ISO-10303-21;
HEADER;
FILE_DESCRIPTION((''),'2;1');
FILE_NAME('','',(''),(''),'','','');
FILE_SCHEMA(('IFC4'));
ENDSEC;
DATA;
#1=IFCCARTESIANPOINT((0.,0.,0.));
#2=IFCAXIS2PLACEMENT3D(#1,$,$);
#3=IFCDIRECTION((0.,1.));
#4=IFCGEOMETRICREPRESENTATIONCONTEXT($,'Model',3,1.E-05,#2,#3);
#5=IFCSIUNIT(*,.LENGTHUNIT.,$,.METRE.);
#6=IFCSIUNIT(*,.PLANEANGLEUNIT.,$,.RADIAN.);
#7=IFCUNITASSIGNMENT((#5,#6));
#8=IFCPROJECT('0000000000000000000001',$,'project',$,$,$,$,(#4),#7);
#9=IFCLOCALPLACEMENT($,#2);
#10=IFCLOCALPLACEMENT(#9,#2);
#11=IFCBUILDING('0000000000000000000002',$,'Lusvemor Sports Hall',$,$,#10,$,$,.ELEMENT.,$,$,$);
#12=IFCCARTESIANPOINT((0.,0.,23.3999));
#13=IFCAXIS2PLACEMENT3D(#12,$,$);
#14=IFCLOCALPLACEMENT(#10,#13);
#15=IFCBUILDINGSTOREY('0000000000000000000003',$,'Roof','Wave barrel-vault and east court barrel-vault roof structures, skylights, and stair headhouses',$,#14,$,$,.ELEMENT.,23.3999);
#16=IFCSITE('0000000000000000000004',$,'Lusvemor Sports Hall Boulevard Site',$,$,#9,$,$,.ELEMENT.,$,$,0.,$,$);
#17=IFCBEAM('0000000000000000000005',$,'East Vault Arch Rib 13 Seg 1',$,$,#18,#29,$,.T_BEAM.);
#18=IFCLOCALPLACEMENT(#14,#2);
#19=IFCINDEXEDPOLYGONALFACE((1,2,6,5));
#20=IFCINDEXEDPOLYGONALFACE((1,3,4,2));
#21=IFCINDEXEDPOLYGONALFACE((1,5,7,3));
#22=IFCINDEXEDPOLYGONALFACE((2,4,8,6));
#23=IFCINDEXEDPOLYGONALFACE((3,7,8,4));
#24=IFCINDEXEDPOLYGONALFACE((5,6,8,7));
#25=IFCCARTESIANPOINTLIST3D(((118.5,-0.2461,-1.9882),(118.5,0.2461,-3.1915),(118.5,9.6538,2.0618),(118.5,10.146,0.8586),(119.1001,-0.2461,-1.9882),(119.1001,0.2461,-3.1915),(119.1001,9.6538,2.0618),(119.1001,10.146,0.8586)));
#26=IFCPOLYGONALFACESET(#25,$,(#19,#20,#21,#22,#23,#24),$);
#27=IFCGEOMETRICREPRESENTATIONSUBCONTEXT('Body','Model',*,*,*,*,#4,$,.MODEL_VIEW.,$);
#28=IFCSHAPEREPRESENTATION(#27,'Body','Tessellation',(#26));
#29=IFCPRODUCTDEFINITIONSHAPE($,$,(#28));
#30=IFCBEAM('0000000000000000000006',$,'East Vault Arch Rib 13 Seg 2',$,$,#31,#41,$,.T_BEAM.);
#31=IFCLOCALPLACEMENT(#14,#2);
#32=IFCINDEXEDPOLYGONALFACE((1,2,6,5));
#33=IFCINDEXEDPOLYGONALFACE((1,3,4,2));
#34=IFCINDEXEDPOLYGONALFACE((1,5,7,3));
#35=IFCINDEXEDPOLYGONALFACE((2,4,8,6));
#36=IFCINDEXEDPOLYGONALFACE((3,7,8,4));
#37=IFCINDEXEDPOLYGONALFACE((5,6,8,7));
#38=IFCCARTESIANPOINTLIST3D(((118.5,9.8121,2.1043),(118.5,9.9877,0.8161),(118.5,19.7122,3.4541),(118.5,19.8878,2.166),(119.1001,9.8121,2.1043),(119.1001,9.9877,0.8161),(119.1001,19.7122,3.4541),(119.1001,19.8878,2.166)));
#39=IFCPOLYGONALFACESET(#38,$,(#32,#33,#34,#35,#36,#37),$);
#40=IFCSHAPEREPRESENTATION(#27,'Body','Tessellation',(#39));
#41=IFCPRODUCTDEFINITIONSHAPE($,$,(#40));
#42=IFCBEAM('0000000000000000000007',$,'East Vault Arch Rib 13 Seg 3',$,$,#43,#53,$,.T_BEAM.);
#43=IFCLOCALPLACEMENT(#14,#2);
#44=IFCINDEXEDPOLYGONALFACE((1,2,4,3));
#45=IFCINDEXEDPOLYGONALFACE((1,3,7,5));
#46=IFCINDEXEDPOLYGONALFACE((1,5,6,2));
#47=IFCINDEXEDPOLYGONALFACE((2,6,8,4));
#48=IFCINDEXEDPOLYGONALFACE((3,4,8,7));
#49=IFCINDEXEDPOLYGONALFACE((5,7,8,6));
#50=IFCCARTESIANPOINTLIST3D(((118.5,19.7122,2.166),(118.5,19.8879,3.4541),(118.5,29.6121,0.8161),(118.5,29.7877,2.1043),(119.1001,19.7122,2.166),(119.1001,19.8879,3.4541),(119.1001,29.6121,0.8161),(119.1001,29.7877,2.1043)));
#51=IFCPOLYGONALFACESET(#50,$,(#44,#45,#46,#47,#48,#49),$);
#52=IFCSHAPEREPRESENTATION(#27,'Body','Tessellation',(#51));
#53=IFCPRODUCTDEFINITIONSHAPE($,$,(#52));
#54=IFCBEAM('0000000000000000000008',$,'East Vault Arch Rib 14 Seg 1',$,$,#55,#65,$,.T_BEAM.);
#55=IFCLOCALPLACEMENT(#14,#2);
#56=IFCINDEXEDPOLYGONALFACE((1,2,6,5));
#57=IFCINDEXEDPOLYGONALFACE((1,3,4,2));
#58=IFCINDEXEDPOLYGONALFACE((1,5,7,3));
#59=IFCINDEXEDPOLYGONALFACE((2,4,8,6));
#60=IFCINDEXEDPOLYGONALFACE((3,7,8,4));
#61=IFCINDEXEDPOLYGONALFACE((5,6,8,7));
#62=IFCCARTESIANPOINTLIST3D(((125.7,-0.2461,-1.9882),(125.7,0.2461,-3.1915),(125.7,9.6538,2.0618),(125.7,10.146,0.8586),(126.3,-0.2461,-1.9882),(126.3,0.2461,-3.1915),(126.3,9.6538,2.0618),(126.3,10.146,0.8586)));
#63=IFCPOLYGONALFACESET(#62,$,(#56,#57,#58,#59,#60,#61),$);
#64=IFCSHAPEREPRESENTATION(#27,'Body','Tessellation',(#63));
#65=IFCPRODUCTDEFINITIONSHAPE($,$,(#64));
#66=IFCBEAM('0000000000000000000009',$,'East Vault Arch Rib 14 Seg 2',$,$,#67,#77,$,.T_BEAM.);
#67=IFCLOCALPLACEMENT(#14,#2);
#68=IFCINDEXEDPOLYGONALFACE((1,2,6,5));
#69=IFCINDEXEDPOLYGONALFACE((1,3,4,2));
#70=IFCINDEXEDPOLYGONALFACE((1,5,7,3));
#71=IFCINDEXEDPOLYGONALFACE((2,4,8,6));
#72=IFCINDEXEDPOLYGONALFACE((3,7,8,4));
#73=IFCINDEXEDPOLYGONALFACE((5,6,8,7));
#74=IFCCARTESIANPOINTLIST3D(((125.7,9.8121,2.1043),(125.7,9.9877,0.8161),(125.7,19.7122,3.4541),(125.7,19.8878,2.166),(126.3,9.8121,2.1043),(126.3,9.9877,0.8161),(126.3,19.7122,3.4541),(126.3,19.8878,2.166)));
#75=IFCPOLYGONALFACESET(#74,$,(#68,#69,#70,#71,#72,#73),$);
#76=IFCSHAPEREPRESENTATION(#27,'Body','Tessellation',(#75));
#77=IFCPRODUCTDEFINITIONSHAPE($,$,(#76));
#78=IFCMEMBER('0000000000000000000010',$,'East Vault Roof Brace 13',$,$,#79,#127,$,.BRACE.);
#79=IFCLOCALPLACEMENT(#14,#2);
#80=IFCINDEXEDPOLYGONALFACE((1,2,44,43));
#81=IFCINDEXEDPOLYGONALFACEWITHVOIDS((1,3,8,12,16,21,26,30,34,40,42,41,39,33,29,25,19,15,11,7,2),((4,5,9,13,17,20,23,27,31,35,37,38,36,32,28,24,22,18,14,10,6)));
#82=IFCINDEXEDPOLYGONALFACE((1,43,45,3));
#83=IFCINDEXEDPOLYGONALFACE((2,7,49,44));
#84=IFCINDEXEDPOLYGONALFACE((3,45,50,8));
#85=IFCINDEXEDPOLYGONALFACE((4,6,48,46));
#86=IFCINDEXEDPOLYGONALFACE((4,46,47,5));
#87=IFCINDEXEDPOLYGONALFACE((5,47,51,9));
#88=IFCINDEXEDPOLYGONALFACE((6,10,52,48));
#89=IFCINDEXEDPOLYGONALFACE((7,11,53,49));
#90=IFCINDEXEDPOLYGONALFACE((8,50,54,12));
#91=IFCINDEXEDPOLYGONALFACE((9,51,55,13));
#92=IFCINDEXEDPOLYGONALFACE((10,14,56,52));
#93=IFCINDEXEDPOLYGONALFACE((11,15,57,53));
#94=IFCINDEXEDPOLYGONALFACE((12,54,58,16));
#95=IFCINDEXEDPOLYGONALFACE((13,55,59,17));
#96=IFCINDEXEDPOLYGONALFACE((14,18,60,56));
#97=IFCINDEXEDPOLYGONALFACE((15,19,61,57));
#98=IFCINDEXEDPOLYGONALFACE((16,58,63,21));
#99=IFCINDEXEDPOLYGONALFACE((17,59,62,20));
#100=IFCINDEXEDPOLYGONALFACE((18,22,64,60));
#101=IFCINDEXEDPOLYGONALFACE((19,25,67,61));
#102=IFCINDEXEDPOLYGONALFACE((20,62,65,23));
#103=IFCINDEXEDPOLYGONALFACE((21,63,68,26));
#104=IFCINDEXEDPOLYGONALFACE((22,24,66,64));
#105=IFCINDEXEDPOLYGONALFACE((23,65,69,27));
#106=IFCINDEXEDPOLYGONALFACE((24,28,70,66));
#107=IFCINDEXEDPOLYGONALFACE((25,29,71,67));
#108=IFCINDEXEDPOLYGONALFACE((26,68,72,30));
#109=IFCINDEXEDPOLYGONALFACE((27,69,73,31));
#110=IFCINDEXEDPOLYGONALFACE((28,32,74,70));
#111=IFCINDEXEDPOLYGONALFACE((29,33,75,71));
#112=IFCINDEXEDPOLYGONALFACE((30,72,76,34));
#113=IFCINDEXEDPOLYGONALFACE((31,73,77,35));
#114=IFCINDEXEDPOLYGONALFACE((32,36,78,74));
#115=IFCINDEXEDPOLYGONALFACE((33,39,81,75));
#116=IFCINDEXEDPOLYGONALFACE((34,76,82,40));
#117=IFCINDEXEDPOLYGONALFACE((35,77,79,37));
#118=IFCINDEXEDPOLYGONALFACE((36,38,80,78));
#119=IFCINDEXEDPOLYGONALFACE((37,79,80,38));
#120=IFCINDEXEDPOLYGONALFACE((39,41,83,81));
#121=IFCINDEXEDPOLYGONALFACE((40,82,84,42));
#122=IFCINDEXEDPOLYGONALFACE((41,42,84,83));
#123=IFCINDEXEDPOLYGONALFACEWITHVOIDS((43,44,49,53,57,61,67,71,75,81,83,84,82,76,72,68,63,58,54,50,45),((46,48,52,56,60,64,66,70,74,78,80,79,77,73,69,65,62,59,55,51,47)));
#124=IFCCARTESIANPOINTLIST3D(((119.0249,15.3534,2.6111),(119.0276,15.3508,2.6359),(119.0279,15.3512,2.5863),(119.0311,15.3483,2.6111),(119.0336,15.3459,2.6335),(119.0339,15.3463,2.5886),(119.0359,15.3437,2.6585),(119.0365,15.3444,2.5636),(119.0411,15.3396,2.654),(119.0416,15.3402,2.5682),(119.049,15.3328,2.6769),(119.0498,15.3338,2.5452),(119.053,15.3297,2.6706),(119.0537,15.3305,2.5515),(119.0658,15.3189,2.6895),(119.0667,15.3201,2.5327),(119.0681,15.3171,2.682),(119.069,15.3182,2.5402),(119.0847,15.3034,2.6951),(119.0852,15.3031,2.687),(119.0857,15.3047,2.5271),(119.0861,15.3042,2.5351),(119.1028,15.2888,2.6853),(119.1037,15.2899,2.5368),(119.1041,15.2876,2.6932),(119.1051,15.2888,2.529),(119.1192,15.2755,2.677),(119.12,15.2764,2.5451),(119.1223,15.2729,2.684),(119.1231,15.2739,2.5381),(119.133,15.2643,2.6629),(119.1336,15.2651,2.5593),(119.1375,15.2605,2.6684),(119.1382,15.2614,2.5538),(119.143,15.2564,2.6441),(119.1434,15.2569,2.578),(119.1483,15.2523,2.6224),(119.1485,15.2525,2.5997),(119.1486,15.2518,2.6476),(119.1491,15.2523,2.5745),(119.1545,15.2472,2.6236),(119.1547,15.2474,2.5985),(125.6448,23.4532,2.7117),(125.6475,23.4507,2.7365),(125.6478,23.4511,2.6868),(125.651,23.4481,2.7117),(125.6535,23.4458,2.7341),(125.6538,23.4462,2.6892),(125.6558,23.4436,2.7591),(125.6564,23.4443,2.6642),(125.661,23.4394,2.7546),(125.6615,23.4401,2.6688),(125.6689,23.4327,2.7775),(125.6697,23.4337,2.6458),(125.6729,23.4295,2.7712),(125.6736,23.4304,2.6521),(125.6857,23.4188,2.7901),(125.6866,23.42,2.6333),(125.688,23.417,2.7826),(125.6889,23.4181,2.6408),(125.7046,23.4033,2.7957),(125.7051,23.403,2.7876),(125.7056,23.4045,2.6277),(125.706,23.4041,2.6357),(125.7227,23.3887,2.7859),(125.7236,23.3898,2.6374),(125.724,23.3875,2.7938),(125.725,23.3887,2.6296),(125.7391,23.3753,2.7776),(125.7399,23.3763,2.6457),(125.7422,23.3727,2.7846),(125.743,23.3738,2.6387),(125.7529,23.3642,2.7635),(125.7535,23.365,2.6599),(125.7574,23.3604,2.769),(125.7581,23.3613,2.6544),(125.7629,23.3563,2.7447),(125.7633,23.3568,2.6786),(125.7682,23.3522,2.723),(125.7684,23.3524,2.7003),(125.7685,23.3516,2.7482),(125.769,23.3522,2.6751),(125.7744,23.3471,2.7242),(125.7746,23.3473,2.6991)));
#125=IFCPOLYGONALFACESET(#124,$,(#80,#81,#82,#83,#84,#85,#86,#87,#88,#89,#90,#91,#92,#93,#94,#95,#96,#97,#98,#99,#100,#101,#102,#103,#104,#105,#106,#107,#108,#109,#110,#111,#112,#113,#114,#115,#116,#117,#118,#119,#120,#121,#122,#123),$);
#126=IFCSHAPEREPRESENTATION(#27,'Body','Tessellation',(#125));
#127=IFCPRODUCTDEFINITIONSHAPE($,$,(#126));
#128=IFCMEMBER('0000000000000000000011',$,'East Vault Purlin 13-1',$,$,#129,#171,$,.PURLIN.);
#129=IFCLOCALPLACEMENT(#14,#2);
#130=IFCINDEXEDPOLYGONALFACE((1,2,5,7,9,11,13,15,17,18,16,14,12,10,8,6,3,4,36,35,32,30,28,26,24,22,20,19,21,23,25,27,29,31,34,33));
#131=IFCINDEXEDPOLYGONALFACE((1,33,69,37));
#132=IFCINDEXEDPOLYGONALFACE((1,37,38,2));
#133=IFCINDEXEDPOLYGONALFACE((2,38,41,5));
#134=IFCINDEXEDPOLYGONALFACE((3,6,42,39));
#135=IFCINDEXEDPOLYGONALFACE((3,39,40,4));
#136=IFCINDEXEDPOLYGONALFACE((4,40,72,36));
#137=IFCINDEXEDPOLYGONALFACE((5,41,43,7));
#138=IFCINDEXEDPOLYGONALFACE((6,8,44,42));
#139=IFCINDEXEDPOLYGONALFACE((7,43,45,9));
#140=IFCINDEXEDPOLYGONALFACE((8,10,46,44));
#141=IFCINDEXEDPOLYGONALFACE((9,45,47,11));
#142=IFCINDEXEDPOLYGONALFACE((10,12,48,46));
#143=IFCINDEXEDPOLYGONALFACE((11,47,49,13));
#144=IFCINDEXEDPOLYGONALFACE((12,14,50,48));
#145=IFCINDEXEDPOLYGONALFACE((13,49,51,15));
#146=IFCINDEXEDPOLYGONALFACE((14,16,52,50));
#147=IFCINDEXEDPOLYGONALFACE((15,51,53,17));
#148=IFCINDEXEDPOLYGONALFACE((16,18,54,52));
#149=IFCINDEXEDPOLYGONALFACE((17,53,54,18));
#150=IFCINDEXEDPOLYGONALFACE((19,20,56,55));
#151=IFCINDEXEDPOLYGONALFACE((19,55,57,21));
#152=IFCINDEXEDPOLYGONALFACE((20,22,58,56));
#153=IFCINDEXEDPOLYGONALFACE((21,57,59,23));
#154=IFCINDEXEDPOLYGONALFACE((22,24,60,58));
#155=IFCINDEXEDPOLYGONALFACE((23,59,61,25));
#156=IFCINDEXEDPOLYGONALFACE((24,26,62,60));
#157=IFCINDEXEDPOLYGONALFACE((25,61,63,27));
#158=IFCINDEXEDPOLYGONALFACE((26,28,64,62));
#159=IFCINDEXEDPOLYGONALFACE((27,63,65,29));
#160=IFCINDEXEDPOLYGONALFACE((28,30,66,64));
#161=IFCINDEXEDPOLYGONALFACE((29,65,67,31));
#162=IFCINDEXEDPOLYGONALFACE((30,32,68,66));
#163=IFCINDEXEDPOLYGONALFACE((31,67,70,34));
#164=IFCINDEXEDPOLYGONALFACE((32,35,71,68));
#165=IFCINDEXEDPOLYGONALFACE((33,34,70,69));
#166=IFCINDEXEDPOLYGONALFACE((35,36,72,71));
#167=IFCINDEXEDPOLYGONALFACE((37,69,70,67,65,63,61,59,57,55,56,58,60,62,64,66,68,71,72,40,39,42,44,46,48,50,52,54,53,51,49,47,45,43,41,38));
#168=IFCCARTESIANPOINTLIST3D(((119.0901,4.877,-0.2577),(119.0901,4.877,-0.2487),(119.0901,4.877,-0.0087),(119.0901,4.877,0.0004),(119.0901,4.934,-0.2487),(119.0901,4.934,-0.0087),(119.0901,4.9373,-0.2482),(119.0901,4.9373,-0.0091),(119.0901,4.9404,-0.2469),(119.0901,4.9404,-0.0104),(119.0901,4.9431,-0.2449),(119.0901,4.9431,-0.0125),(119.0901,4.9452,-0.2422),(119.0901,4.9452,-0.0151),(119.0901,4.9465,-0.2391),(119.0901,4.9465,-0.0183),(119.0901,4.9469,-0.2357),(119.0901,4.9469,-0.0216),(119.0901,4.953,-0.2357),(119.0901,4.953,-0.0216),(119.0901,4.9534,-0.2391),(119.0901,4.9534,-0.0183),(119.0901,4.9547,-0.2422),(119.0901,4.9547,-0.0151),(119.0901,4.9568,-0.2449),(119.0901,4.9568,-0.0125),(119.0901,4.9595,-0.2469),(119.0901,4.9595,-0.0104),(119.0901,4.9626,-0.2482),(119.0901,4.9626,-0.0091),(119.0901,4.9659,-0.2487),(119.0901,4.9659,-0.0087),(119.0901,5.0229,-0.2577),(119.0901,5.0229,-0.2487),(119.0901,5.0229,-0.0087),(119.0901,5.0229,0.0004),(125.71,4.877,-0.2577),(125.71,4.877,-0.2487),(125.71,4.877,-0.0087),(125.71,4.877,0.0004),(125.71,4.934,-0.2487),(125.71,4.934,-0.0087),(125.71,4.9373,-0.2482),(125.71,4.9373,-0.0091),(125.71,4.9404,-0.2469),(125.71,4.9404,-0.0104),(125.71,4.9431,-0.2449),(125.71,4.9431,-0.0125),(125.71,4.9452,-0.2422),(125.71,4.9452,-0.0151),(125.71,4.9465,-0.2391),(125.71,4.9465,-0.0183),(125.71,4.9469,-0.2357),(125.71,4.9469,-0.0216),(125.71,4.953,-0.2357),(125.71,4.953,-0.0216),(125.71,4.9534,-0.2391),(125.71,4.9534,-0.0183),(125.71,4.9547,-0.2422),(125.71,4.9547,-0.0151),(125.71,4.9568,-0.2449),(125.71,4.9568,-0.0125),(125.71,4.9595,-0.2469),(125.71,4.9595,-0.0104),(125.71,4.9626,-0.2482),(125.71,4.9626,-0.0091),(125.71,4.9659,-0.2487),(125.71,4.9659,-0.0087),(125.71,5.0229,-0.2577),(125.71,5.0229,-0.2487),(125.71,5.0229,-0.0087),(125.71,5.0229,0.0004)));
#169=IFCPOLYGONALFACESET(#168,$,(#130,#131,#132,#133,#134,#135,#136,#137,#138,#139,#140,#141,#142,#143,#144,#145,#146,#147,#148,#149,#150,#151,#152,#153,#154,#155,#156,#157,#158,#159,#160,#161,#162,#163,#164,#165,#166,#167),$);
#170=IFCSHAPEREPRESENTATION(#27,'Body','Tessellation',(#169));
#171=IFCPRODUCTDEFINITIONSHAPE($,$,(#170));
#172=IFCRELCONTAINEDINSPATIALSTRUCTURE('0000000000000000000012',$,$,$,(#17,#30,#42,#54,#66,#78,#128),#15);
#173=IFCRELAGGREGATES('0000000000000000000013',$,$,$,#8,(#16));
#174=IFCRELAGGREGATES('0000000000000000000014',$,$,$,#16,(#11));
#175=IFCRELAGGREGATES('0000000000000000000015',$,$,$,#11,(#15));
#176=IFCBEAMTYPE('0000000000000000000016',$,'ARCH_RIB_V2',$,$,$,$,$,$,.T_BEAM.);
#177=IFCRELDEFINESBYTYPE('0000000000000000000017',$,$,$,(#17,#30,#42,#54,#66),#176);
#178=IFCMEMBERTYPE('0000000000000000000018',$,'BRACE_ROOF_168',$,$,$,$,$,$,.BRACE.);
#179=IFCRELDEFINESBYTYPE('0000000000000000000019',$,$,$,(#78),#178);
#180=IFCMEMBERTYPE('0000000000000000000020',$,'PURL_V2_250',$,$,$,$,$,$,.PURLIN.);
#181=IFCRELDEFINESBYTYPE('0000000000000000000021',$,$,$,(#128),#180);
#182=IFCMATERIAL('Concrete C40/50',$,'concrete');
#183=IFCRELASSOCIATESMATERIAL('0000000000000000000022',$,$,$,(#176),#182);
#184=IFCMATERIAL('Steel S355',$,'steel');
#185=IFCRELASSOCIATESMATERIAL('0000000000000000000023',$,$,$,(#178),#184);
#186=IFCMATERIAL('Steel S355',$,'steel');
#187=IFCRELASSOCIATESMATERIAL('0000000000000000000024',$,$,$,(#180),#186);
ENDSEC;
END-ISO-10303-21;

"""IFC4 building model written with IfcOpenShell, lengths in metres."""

from ifc_helpers import new_model, si_unit, direction, frame, origin, origin_2d, place, context, subcontext, project, spatial, rectangle, hollow_circle, i_section, extrude, material, material_profile, profile_set, type_object, element, save


model = new_model("IFC4")

# Units and contexts
model_context = context("Model", 3, precision=1e-05, world=origin(), true_north=direction((0.0, 1.0)))
body_context = subcontext(model_context, "Body", "Model", "MODEL_VIEW")
ifc_project = project(units=[si_unit("LENGTHUNIT", "METRE"), si_unit("PLANEANGLEUNIT", "RADIAN")], contexts=[model_context])

# Site, building, storey
site_placement = place(None, origin())
site = spatial("IfcSite", under=ifc_project, at=site_placement, Name="Lusvemor Sports Hall Boulevard Site", CompositionType="ELEMENT", RefElevation=0.0)
building_placement = place(site_placement, origin())
building = spatial("IfcBuilding", under=site, at=building_placement, Name="Lusvemor Sports Hall", CompositionType="ELEMENT")
storey_placement = place(building_placement, frame((0.0, 0.0, 23.3999)))
storey = spatial("IfcBuildingStorey", under=building, at=storey_placement, Name="Roof", Description="Wave barrel-vault and east court barrel-vault roof structures, skylights, and stair headhouses", CompositionType="ELEMENT", Elevation=23.3999)

# Beams
ifc_material_1 = material(Name="Concrete C40/50", Category="concrete")
ifc_material_profile_1 = material_profile(ifc_material_1, rectangle(XDim=0.6001, YDim=1.3, at=origin_2d()), Name="RC600x1300")
ifc_profile_set_1 = profile_set([ifc_material_profile_1], Name="Concrete C40/50")
beam_type_1 = type_object("IfcBeamType", Name="ARCH_RIB_V2", PredefinedType="T_BEAM", material=ifc_profile_set_1)
beam_1_placement = place(storey_placement, frame((118.8, 0.0, -2.5898), z_axis=(0.0, 0.925544, 0.37864), x_axis=(-1.0, 0.0, 0.0)))
element("IfcBeam", 1, at=beam_1_placement, inside=storey, type_object=beam_type_1, Name="East Vault Arch Rib 13 Seg 1", PredefinedType="T_BEAM", context=body_context, shape_type="SweptSolid", body=[
    extrude(rectangle(XDim=0.6001, YDim=1.3, at=origin_2d()), origin(), (0.0, 0.0, 1.0), 10.6963),
])
beam_2_placement = place(storey_placement, frame((118.8, 9.8999, 1.4602), z_axis=(0.0, 0.990832, 0.135097), x_axis=(-1.0, 0.0, 0.0)))
element("IfcBeam", 2, at=beam_2_placement, inside=storey, type_object=beam_type_1, Name="East Vault Arch Rib 13 Seg 2", PredefinedType="T_BEAM", context=body_context, shape_type="SweptSolid", body=[
    extrude(rectangle(XDim=0.6001, YDim=1.3, at=origin_2d()), origin(), (0.0, 0.0, 1.0), 9.9917),
])
beam_3_placement = place(storey_placement, frame((118.8, 19.8, 2.8101), z_axis=(0.0, 0.990832, -0.1351), x_axis=(-1.0, 0.0, 0.0)))
element("IfcBeam", 3, at=beam_3_placement, inside=storey, type_object=beam_type_1, Name="East Vault Arch Rib 13 Seg 3", PredefinedType="T_BEAM", context=body_context, shape_type="SweptSolid", body=[
    extrude(rectangle(XDim=0.6001, YDim=1.3, at=origin_2d()), origin(), (0.0, 0.0, 1.0), 9.9915),
])
beam_4_placement = place(storey_placement, frame((126.0, 0.0, -2.5898), z_axis=(0.0, 0.925544, 0.37864), x_axis=(-1.0, 0.0, 0.0)))
element("IfcBeam", 4, at=beam_4_placement, inside=storey, type_object=beam_type_1, Name="East Vault Arch Rib 14 Seg 1", PredefinedType="T_BEAM", context=body_context, shape_type="SweptSolid", body=[
    extrude(rectangle(XDim=0.6001, YDim=1.3, at=origin_2d()), origin(), (0.0, 0.0, 1.0), 10.6963),
])
beam_5_placement = place(storey_placement, frame((126.0, 9.8999, 1.4602), z_axis=(0.0, 0.990832, 0.135097), x_axis=(-1.0, 0.0, 0.0)))
element("IfcBeam", 5, at=beam_5_placement, inside=storey, type_object=beam_type_1, Name="East Vault Arch Rib 14 Seg 2", PredefinedType="T_BEAM", context=body_context, shape_type="SweptSolid", body=[
    extrude(rectangle(XDim=0.6001, YDim=1.3, at=origin_2d()), origin(), (0.0, 0.0, 1.0), 9.9917),
])

# Members
ifc_material_2 = material(Name="Steel S355", Category="steel")
ifc_material_profile_2 = material_profile(ifc_material_2, hollow_circle(Radius=0.0842, WallThickness=0.0081, at=origin_2d()), Name="CHS168.3x8.0")
ifc_profile_set_2 = profile_set([ifc_material_profile_2], Name="Steel S355")
member_type_1 = type_object("IfcMemberType", Name="BRACE_ROOF_168", PredefinedType="BRACE", material=ifc_profile_set_2)
member_1_placement = place(storey_placement, frame((119.0901, 15.3, 2.6111), z_axis=(0.632792, 0.774262, 0.009615), x_axis=(-0.774298, 0.632821, 0.0)))
element("IfcMember", 6, at=member_1_placement, inside=storey, type_object=member_type_1, Name="East Vault Roof Brace 13", PredefinedType="BRACE", context=body_context, shape_type="SweptSolid", body=[
    extrude(hollow_circle(Radius=0.0842, WallThickness=0.0081, at=origin_2d()), origin(), (0.0, 0.0, 1.0), 10.4614),
])
ifc_material_3 = material(Name="Steel S355", Category="steel")
ifc_material_profile_3 = material_profile(ifc_material_3, i_section(OverallWidth=0.146, OverallDepth=0.2581, WebThickness=0.0061, FlangeThickness=0.009, FilletRadius=0.0129, at=origin_2d()), Name="W250x32.7")
ifc_profile_set_3 = profile_set([ifc_material_profile_3], Name="Steel S355")
member_type_2 = type_object("IfcMemberType", Name="PURL_V2_250", PredefinedType="PURLIN", material=ifc_profile_set_3)
for number, where, z_axis, x_axis, name in (
    (7, (119.0901, 4.95, -0.1287), (1.0, 0.0, 0.0), (0.0, 1.0, 0.0), "East Vault Purlin 13-1"),
):
    element("IfcMember", number, at=place(storey_placement, frame(where, z_axis=z_axis, x_axis=x_axis)), inside=storey, type_object=member_type_2, Name=name, PredefinedType="PURLIN", context=body_context, shape_type="SweptSolid", body=[
        extrude(i_section(OverallWidth=0.146, OverallDepth=0.2581, WebThickness=0.0061, FlangeThickness=0.009, FilletRadius=0.0129, at=origin_2d()), origin(), (0.0, 0.0, 1.0), 6.6199),
    ])

save(model, "model.ifc")
